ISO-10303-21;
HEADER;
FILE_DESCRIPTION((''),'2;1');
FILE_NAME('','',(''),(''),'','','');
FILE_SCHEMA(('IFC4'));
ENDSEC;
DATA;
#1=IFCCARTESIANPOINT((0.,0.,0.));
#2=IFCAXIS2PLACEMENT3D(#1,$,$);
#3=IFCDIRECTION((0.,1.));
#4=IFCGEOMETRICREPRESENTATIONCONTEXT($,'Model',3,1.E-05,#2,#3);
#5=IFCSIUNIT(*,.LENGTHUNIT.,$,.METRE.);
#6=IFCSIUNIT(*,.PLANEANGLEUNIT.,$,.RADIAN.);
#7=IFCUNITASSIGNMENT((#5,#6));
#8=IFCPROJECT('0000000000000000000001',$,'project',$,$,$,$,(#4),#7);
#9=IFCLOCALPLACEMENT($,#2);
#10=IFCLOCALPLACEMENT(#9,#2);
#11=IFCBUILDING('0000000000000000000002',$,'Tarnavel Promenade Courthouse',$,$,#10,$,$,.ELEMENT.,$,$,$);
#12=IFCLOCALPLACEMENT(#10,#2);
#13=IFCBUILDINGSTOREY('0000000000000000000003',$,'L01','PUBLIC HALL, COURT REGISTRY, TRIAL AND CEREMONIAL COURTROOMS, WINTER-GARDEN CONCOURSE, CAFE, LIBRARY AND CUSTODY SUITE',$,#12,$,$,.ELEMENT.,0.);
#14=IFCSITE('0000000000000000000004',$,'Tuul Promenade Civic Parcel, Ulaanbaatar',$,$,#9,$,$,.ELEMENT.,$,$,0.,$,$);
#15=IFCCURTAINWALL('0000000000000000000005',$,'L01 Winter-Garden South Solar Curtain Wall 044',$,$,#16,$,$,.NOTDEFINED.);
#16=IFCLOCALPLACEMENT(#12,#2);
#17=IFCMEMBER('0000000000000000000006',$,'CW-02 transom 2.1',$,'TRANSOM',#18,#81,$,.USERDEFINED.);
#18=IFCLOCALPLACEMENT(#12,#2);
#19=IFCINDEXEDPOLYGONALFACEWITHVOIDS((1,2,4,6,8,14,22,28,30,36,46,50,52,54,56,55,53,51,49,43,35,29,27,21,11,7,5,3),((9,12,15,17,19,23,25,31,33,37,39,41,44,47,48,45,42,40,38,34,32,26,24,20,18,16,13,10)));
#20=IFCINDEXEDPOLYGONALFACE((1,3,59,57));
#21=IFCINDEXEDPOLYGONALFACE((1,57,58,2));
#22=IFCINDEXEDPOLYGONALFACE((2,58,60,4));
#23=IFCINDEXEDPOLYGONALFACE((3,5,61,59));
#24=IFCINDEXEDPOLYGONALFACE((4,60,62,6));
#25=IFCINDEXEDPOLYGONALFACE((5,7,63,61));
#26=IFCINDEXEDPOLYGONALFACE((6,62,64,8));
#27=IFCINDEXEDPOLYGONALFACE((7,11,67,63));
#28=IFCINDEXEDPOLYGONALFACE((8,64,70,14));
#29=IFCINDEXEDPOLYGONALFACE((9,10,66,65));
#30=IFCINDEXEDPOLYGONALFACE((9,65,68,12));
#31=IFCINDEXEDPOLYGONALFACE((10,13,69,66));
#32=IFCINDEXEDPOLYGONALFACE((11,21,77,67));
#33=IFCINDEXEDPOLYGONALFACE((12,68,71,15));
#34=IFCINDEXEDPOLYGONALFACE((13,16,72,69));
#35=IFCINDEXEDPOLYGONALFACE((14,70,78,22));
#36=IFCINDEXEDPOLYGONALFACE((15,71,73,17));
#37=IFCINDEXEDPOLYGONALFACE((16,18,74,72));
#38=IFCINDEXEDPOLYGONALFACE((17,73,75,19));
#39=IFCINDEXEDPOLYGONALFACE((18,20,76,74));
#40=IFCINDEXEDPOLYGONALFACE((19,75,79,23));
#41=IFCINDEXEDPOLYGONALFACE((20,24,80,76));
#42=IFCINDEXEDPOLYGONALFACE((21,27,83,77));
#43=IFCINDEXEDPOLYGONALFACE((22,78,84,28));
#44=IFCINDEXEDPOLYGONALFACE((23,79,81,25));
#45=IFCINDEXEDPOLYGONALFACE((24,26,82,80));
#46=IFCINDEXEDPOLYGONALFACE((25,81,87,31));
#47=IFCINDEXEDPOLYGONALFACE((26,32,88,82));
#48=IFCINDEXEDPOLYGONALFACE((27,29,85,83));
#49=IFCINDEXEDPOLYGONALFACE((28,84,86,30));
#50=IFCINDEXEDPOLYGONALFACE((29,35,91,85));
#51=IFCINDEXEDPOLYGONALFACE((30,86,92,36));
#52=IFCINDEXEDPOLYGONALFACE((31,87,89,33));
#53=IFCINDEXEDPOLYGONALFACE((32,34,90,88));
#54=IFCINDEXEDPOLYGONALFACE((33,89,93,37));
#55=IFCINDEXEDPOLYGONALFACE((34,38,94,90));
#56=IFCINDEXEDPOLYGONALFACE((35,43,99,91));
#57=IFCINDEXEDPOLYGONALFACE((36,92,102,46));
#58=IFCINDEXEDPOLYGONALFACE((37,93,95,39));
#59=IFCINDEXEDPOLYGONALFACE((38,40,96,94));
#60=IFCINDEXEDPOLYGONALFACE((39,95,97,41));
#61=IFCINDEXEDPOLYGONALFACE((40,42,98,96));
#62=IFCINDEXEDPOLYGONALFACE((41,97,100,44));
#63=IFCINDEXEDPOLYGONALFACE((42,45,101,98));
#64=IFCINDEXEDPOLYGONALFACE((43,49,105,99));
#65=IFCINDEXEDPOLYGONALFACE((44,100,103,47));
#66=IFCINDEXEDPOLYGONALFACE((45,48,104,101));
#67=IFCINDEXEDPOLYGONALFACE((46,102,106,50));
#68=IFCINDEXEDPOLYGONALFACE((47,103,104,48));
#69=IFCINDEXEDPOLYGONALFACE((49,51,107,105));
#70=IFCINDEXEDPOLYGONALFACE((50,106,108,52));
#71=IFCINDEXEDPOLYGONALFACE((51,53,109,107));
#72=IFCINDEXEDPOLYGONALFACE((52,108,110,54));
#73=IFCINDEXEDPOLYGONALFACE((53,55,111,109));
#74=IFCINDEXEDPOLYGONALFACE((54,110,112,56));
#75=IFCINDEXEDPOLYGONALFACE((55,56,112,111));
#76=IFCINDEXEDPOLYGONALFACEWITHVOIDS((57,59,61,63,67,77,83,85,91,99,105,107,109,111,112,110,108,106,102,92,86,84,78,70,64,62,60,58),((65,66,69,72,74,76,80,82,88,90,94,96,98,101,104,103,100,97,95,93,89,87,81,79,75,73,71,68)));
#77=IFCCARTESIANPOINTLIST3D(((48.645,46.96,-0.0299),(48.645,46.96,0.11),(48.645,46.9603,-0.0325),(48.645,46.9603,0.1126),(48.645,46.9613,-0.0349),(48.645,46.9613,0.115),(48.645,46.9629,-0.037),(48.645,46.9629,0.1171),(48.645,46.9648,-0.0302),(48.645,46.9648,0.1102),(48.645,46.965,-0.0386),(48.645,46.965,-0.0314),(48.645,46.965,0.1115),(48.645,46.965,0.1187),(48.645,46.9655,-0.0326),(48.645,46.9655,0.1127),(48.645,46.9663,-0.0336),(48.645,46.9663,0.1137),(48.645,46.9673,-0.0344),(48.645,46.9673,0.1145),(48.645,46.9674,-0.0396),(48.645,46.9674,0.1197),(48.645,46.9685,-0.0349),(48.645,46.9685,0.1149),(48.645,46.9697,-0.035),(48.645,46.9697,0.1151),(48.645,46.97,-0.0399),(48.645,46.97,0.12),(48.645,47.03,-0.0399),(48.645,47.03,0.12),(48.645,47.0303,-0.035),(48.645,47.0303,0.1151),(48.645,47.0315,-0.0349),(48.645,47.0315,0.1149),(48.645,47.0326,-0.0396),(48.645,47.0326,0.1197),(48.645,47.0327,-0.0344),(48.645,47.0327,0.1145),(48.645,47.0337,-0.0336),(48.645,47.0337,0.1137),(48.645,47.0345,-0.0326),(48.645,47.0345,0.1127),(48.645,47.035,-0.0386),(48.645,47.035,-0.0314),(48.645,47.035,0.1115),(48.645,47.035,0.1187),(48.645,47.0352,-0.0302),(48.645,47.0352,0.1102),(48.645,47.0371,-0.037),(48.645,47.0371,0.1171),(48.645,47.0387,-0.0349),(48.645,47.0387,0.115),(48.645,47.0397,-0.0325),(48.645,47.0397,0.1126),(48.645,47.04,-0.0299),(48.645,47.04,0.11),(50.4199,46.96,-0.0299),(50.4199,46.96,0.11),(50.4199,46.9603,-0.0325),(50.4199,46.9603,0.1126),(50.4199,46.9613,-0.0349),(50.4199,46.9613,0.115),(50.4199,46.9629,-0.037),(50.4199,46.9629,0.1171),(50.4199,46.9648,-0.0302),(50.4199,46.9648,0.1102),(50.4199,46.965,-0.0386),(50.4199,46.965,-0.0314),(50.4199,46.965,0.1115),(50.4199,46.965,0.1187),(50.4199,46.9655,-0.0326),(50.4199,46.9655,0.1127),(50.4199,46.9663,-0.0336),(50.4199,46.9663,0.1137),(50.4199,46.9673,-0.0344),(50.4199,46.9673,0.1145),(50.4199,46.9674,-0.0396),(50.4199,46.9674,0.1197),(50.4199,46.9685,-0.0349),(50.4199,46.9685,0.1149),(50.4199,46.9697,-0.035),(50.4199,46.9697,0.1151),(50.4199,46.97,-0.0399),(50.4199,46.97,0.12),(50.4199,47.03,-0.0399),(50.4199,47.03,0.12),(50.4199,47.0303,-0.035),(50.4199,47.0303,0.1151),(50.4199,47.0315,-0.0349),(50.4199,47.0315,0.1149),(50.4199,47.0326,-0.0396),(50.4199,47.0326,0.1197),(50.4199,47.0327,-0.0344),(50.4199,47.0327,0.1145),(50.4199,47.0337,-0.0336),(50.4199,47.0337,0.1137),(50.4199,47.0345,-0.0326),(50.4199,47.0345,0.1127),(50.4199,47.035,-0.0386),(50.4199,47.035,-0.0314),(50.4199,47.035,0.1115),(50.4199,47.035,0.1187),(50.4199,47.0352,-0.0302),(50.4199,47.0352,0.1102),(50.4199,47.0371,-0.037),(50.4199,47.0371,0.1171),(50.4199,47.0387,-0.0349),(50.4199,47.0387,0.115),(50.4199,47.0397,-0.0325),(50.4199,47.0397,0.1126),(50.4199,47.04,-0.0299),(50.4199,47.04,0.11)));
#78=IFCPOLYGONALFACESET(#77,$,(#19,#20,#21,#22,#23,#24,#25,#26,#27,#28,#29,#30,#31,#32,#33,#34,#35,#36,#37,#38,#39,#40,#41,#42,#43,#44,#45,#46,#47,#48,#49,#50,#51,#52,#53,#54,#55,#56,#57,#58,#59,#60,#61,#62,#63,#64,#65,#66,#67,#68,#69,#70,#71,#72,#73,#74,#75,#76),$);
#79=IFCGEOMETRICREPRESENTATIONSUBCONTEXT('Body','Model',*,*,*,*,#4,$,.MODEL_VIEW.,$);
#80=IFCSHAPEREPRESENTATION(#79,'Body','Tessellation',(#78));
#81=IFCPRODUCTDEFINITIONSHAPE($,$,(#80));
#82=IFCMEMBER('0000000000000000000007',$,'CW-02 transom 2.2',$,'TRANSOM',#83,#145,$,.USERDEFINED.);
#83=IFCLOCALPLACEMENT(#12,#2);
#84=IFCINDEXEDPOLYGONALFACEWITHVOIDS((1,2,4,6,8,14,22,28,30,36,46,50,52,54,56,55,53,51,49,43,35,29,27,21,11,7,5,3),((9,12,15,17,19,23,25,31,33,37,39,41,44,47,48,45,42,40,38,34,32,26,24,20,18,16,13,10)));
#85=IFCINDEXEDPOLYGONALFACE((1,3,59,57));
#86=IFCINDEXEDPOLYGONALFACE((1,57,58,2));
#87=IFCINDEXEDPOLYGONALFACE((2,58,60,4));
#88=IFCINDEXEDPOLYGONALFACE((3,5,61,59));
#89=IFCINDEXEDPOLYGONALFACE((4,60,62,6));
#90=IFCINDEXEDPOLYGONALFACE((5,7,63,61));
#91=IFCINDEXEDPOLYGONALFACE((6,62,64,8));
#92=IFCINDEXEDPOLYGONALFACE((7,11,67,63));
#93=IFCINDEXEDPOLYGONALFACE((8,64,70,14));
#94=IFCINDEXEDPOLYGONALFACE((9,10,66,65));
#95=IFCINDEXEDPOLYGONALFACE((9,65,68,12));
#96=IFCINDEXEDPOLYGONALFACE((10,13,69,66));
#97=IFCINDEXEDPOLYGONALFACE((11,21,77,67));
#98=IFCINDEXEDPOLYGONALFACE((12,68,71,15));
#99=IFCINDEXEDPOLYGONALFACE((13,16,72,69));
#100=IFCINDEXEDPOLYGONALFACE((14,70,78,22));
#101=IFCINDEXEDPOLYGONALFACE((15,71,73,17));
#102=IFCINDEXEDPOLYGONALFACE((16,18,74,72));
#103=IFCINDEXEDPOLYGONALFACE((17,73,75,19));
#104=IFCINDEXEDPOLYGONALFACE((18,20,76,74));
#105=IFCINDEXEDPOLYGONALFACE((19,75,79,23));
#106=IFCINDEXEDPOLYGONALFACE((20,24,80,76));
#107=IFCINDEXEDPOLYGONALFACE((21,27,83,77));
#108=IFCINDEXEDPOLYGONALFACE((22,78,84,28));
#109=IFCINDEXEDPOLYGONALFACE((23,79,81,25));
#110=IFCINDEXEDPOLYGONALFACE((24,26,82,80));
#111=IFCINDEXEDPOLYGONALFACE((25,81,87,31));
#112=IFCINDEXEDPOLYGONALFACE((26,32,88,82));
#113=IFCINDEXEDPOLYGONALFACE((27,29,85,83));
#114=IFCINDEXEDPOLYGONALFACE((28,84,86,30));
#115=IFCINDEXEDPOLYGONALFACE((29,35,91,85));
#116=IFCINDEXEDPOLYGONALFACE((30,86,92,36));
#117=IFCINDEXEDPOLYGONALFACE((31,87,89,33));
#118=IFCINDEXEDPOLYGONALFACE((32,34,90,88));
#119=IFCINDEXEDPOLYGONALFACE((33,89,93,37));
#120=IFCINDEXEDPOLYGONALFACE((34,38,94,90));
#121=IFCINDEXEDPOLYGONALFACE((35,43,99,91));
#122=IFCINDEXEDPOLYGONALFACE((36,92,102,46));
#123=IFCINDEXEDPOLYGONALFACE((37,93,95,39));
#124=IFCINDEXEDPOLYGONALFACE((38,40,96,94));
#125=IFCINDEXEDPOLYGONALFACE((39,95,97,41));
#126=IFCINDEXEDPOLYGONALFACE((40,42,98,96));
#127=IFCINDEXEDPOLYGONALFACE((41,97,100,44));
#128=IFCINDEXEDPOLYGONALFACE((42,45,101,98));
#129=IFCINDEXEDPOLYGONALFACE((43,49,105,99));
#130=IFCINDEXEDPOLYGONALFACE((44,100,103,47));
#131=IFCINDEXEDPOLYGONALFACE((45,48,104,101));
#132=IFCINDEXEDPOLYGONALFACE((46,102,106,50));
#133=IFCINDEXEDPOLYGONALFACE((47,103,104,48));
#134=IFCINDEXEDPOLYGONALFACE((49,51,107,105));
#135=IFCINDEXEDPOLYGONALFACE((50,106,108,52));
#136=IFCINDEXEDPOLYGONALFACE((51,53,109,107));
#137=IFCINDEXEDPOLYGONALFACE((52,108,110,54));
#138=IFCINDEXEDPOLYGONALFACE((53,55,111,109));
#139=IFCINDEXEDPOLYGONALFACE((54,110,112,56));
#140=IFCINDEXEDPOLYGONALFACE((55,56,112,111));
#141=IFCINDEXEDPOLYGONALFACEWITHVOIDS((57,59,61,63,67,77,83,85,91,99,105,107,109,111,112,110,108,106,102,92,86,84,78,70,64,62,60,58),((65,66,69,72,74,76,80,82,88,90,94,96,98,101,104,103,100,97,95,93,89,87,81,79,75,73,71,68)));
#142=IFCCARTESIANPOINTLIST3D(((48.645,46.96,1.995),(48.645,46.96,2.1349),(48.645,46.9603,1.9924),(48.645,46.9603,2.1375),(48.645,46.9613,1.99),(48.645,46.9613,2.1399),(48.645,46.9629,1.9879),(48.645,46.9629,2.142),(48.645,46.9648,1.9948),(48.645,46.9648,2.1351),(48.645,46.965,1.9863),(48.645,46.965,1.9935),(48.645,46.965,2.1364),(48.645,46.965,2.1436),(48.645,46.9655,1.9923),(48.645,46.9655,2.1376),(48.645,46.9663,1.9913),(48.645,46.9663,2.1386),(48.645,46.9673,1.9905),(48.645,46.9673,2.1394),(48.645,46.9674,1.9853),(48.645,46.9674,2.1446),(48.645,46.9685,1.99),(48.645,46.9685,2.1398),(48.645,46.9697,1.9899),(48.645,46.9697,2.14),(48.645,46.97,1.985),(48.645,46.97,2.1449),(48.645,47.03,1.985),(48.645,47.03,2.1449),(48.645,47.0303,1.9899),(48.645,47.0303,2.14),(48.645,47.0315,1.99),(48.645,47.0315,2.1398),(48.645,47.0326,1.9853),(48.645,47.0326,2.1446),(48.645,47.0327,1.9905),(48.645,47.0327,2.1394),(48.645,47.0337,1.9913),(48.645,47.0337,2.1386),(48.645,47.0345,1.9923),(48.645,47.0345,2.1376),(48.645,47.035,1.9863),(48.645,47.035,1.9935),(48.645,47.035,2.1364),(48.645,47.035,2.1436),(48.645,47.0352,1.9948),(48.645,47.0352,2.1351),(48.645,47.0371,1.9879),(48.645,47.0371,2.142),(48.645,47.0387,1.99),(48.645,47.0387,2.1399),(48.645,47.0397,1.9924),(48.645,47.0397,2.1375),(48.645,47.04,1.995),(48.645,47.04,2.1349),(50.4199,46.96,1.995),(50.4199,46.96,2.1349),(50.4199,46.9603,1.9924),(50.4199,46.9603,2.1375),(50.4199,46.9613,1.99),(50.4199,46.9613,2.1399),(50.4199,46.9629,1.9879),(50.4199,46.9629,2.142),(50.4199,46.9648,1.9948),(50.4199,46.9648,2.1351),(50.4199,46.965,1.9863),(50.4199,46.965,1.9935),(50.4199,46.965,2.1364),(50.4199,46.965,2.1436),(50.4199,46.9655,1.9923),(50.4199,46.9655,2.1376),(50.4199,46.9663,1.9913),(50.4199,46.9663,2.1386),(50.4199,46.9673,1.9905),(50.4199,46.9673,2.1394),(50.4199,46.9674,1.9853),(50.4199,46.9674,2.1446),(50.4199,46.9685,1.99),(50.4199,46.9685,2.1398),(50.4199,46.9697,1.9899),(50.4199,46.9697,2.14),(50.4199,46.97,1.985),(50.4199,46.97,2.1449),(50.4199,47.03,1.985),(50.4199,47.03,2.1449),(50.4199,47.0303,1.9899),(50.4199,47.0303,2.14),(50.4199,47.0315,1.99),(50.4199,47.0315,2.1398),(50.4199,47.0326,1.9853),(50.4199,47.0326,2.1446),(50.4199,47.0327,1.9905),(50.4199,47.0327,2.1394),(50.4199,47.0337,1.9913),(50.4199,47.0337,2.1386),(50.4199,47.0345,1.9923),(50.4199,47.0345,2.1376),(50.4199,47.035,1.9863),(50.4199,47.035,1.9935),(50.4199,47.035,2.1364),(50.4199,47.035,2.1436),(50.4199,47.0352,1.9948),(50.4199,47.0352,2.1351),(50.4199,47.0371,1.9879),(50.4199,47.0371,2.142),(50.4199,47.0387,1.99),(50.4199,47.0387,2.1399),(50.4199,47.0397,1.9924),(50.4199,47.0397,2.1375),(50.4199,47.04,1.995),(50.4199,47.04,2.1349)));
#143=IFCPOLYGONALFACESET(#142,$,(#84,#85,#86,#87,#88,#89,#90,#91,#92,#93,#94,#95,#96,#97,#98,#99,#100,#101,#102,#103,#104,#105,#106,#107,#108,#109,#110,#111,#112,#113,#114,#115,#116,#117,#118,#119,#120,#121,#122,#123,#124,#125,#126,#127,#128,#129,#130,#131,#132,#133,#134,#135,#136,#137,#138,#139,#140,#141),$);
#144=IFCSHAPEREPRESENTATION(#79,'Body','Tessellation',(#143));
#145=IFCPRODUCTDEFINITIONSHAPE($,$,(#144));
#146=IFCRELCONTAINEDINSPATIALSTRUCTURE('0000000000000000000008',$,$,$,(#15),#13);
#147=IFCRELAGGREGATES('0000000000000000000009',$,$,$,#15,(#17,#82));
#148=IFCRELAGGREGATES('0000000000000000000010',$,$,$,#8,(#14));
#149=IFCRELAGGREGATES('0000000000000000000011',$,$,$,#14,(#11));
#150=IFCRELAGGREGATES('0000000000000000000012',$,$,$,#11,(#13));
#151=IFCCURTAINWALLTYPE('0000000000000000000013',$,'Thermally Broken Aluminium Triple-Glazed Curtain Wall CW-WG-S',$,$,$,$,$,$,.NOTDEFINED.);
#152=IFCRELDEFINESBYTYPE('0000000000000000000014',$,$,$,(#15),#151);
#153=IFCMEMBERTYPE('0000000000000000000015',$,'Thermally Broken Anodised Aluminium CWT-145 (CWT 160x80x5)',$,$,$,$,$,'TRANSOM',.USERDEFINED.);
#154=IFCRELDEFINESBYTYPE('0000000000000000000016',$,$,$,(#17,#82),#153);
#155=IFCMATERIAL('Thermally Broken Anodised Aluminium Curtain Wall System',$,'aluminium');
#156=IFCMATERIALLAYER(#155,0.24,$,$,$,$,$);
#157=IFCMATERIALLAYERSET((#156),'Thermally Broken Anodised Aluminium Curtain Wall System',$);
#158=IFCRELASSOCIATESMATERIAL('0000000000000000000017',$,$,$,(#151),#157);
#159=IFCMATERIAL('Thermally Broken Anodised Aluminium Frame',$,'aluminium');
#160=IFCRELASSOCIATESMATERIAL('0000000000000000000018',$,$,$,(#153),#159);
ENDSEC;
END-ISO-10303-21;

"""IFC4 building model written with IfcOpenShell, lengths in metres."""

from ifc_helpers import new_model, si_unit, direction, frame, origin, origin_2d, place, context, subcontext, project, spatial, hollow_rectangle, extrude, material, layer, layer_set, material_profile, profile_set, type_object, element, aggregate, save


model = new_model("IFC4")

# Units and contexts
model_context = context("Model", 3, precision=1e-05, world=origin(), true_north=direction((0.0, 1.0)))
body_context = subcontext(model_context, "Body", "Model", "MODEL_VIEW")
ifc_project = project(units=[si_unit("LENGTHUNIT", "METRE"), si_unit("PLANEANGLEUNIT", "RADIAN")], contexts=[model_context])

# Site, building, storey
site_placement = place(None, origin())
site = spatial("IfcSite", under=ifc_project, at=site_placement, Name="Tuul Promenade Civic Parcel, Ulaanbaatar", CompositionType="ELEMENT", RefElevation=0.0)
building_placement = place(site_placement, origin())
building = spatial("IfcBuilding", under=site, at=building_placement, Name="Tarnavel Promenade Courthouse", CompositionType="ELEMENT")
storey_placement = place(building_placement, origin())
storey = spatial("IfcBuildingStorey", under=building, at=storey_placement, Name="L01", Description="PUBLIC HALL, COURT REGISTRY, TRIAL AND CEREMONIAL COURTROOMS, WINTER-GARDEN CONCOURSE, CAFE, LIBRARY AND CUSTODY SUITE", CompositionType="ELEMENT", Elevation=0.0)

# Curtain wall
ifc_material_1 = material(Name="Thermally Broken Anodised Aluminium Curtain Wall System", Category="aluminium")
ifc_layer_1 = layer(ifc_material_1, 0.24)
ifc_layer_set_1 = layer_set([ifc_layer_1], Name="Thermally Broken Anodised Aluminium Curtain Wall System")
curtain_wall_type = type_object("IfcCurtainWallType", Name="Thermally Broken Aluminium Triple-Glazed Curtain Wall CW-WG-S", PredefinedType="NOTDEFINED", material=ifc_layer_set_1)
ifc_material_2 = material(Name="Thermally Broken Anodised Aluminium Frame", Category="aluminium")
curtain_wall_1_placement = place(storey_placement, origin())
curtain_wall_1 = element("IfcCurtainWall", 1, at=curtain_wall_1_placement, inside=storey, type_object=curtain_wall_type, Name="L01 Winter-Garden South Solar Curtain Wall 044", PredefinedType="NOTDEFINED")

# Members
ifc_material_profile_1 = material_profile(ifc_material_2, hollow_rectangle(XDim=0.0801, YDim=0.1599, WallThickness=0.0049, InnerFilletRadius=0.0049, OuterFilletRadius=0.01, at=origin_2d()), Name="CWT 160x80x5")
ifc_profile_set_1 = profile_set([ifc_material_profile_1], Name="Thermally Broken Anodised Aluminium Frame")
member_type_1 = type_object("IfcMemberType", Name="Thermally Broken Anodised Aluminium CWT-145 (CWT 160x80x5)", ElementType="TRANSOM", PredefinedType="USERDEFINED", material=ifc_profile_set_1)
member_1_placement = place(storey_placement, frame((48.645, 47.0, 0.04), z_axis=(1.0, 0.0, 0.0), x_axis=(0.0, 1.0, 0.0)))
member_1 = element("IfcMember", 2, at=member_1_placement, type_object=member_type_1, Name="CW-02 transom 2.1", ObjectType="TRANSOM", PredefinedType="USERDEFINED", context=body_context, shape_type="SweptSolid", body=[
    extrude(hollow_rectangle(XDim=0.0801, YDim=0.1599, WallThickness=0.0049, InnerFilletRadius=0.0049, OuterFilletRadius=0.01, at=origin_2d()), origin(), (0.0, 0.0, 1.0), 1.7749),
])
member_2_placement = place(storey_placement, frame((48.645, 47.0, 2.0649), z_axis=(1.0, 0.0, 0.0), x_axis=(0.0, 1.0, 0.0)))
member_2 = element("IfcMember", 3, at=member_2_placement, type_object=member_type_1, Name="CW-02 transom 2.2", ObjectType="TRANSOM", PredefinedType="USERDEFINED", context=body_context, shape_type="SweptSolid", body=[
    extrude(hollow_rectangle(XDim=0.0801, YDim=0.1599, WallThickness=0.0049, InnerFilletRadius=0.0049, OuterFilletRadius=0.01, at=origin_2d()), origin(), (0.0, 0.0, 1.0), 1.7749),
])

aggregate(curtain_wall_1, [member_1, member_2])

save(model, "model.ifc")
